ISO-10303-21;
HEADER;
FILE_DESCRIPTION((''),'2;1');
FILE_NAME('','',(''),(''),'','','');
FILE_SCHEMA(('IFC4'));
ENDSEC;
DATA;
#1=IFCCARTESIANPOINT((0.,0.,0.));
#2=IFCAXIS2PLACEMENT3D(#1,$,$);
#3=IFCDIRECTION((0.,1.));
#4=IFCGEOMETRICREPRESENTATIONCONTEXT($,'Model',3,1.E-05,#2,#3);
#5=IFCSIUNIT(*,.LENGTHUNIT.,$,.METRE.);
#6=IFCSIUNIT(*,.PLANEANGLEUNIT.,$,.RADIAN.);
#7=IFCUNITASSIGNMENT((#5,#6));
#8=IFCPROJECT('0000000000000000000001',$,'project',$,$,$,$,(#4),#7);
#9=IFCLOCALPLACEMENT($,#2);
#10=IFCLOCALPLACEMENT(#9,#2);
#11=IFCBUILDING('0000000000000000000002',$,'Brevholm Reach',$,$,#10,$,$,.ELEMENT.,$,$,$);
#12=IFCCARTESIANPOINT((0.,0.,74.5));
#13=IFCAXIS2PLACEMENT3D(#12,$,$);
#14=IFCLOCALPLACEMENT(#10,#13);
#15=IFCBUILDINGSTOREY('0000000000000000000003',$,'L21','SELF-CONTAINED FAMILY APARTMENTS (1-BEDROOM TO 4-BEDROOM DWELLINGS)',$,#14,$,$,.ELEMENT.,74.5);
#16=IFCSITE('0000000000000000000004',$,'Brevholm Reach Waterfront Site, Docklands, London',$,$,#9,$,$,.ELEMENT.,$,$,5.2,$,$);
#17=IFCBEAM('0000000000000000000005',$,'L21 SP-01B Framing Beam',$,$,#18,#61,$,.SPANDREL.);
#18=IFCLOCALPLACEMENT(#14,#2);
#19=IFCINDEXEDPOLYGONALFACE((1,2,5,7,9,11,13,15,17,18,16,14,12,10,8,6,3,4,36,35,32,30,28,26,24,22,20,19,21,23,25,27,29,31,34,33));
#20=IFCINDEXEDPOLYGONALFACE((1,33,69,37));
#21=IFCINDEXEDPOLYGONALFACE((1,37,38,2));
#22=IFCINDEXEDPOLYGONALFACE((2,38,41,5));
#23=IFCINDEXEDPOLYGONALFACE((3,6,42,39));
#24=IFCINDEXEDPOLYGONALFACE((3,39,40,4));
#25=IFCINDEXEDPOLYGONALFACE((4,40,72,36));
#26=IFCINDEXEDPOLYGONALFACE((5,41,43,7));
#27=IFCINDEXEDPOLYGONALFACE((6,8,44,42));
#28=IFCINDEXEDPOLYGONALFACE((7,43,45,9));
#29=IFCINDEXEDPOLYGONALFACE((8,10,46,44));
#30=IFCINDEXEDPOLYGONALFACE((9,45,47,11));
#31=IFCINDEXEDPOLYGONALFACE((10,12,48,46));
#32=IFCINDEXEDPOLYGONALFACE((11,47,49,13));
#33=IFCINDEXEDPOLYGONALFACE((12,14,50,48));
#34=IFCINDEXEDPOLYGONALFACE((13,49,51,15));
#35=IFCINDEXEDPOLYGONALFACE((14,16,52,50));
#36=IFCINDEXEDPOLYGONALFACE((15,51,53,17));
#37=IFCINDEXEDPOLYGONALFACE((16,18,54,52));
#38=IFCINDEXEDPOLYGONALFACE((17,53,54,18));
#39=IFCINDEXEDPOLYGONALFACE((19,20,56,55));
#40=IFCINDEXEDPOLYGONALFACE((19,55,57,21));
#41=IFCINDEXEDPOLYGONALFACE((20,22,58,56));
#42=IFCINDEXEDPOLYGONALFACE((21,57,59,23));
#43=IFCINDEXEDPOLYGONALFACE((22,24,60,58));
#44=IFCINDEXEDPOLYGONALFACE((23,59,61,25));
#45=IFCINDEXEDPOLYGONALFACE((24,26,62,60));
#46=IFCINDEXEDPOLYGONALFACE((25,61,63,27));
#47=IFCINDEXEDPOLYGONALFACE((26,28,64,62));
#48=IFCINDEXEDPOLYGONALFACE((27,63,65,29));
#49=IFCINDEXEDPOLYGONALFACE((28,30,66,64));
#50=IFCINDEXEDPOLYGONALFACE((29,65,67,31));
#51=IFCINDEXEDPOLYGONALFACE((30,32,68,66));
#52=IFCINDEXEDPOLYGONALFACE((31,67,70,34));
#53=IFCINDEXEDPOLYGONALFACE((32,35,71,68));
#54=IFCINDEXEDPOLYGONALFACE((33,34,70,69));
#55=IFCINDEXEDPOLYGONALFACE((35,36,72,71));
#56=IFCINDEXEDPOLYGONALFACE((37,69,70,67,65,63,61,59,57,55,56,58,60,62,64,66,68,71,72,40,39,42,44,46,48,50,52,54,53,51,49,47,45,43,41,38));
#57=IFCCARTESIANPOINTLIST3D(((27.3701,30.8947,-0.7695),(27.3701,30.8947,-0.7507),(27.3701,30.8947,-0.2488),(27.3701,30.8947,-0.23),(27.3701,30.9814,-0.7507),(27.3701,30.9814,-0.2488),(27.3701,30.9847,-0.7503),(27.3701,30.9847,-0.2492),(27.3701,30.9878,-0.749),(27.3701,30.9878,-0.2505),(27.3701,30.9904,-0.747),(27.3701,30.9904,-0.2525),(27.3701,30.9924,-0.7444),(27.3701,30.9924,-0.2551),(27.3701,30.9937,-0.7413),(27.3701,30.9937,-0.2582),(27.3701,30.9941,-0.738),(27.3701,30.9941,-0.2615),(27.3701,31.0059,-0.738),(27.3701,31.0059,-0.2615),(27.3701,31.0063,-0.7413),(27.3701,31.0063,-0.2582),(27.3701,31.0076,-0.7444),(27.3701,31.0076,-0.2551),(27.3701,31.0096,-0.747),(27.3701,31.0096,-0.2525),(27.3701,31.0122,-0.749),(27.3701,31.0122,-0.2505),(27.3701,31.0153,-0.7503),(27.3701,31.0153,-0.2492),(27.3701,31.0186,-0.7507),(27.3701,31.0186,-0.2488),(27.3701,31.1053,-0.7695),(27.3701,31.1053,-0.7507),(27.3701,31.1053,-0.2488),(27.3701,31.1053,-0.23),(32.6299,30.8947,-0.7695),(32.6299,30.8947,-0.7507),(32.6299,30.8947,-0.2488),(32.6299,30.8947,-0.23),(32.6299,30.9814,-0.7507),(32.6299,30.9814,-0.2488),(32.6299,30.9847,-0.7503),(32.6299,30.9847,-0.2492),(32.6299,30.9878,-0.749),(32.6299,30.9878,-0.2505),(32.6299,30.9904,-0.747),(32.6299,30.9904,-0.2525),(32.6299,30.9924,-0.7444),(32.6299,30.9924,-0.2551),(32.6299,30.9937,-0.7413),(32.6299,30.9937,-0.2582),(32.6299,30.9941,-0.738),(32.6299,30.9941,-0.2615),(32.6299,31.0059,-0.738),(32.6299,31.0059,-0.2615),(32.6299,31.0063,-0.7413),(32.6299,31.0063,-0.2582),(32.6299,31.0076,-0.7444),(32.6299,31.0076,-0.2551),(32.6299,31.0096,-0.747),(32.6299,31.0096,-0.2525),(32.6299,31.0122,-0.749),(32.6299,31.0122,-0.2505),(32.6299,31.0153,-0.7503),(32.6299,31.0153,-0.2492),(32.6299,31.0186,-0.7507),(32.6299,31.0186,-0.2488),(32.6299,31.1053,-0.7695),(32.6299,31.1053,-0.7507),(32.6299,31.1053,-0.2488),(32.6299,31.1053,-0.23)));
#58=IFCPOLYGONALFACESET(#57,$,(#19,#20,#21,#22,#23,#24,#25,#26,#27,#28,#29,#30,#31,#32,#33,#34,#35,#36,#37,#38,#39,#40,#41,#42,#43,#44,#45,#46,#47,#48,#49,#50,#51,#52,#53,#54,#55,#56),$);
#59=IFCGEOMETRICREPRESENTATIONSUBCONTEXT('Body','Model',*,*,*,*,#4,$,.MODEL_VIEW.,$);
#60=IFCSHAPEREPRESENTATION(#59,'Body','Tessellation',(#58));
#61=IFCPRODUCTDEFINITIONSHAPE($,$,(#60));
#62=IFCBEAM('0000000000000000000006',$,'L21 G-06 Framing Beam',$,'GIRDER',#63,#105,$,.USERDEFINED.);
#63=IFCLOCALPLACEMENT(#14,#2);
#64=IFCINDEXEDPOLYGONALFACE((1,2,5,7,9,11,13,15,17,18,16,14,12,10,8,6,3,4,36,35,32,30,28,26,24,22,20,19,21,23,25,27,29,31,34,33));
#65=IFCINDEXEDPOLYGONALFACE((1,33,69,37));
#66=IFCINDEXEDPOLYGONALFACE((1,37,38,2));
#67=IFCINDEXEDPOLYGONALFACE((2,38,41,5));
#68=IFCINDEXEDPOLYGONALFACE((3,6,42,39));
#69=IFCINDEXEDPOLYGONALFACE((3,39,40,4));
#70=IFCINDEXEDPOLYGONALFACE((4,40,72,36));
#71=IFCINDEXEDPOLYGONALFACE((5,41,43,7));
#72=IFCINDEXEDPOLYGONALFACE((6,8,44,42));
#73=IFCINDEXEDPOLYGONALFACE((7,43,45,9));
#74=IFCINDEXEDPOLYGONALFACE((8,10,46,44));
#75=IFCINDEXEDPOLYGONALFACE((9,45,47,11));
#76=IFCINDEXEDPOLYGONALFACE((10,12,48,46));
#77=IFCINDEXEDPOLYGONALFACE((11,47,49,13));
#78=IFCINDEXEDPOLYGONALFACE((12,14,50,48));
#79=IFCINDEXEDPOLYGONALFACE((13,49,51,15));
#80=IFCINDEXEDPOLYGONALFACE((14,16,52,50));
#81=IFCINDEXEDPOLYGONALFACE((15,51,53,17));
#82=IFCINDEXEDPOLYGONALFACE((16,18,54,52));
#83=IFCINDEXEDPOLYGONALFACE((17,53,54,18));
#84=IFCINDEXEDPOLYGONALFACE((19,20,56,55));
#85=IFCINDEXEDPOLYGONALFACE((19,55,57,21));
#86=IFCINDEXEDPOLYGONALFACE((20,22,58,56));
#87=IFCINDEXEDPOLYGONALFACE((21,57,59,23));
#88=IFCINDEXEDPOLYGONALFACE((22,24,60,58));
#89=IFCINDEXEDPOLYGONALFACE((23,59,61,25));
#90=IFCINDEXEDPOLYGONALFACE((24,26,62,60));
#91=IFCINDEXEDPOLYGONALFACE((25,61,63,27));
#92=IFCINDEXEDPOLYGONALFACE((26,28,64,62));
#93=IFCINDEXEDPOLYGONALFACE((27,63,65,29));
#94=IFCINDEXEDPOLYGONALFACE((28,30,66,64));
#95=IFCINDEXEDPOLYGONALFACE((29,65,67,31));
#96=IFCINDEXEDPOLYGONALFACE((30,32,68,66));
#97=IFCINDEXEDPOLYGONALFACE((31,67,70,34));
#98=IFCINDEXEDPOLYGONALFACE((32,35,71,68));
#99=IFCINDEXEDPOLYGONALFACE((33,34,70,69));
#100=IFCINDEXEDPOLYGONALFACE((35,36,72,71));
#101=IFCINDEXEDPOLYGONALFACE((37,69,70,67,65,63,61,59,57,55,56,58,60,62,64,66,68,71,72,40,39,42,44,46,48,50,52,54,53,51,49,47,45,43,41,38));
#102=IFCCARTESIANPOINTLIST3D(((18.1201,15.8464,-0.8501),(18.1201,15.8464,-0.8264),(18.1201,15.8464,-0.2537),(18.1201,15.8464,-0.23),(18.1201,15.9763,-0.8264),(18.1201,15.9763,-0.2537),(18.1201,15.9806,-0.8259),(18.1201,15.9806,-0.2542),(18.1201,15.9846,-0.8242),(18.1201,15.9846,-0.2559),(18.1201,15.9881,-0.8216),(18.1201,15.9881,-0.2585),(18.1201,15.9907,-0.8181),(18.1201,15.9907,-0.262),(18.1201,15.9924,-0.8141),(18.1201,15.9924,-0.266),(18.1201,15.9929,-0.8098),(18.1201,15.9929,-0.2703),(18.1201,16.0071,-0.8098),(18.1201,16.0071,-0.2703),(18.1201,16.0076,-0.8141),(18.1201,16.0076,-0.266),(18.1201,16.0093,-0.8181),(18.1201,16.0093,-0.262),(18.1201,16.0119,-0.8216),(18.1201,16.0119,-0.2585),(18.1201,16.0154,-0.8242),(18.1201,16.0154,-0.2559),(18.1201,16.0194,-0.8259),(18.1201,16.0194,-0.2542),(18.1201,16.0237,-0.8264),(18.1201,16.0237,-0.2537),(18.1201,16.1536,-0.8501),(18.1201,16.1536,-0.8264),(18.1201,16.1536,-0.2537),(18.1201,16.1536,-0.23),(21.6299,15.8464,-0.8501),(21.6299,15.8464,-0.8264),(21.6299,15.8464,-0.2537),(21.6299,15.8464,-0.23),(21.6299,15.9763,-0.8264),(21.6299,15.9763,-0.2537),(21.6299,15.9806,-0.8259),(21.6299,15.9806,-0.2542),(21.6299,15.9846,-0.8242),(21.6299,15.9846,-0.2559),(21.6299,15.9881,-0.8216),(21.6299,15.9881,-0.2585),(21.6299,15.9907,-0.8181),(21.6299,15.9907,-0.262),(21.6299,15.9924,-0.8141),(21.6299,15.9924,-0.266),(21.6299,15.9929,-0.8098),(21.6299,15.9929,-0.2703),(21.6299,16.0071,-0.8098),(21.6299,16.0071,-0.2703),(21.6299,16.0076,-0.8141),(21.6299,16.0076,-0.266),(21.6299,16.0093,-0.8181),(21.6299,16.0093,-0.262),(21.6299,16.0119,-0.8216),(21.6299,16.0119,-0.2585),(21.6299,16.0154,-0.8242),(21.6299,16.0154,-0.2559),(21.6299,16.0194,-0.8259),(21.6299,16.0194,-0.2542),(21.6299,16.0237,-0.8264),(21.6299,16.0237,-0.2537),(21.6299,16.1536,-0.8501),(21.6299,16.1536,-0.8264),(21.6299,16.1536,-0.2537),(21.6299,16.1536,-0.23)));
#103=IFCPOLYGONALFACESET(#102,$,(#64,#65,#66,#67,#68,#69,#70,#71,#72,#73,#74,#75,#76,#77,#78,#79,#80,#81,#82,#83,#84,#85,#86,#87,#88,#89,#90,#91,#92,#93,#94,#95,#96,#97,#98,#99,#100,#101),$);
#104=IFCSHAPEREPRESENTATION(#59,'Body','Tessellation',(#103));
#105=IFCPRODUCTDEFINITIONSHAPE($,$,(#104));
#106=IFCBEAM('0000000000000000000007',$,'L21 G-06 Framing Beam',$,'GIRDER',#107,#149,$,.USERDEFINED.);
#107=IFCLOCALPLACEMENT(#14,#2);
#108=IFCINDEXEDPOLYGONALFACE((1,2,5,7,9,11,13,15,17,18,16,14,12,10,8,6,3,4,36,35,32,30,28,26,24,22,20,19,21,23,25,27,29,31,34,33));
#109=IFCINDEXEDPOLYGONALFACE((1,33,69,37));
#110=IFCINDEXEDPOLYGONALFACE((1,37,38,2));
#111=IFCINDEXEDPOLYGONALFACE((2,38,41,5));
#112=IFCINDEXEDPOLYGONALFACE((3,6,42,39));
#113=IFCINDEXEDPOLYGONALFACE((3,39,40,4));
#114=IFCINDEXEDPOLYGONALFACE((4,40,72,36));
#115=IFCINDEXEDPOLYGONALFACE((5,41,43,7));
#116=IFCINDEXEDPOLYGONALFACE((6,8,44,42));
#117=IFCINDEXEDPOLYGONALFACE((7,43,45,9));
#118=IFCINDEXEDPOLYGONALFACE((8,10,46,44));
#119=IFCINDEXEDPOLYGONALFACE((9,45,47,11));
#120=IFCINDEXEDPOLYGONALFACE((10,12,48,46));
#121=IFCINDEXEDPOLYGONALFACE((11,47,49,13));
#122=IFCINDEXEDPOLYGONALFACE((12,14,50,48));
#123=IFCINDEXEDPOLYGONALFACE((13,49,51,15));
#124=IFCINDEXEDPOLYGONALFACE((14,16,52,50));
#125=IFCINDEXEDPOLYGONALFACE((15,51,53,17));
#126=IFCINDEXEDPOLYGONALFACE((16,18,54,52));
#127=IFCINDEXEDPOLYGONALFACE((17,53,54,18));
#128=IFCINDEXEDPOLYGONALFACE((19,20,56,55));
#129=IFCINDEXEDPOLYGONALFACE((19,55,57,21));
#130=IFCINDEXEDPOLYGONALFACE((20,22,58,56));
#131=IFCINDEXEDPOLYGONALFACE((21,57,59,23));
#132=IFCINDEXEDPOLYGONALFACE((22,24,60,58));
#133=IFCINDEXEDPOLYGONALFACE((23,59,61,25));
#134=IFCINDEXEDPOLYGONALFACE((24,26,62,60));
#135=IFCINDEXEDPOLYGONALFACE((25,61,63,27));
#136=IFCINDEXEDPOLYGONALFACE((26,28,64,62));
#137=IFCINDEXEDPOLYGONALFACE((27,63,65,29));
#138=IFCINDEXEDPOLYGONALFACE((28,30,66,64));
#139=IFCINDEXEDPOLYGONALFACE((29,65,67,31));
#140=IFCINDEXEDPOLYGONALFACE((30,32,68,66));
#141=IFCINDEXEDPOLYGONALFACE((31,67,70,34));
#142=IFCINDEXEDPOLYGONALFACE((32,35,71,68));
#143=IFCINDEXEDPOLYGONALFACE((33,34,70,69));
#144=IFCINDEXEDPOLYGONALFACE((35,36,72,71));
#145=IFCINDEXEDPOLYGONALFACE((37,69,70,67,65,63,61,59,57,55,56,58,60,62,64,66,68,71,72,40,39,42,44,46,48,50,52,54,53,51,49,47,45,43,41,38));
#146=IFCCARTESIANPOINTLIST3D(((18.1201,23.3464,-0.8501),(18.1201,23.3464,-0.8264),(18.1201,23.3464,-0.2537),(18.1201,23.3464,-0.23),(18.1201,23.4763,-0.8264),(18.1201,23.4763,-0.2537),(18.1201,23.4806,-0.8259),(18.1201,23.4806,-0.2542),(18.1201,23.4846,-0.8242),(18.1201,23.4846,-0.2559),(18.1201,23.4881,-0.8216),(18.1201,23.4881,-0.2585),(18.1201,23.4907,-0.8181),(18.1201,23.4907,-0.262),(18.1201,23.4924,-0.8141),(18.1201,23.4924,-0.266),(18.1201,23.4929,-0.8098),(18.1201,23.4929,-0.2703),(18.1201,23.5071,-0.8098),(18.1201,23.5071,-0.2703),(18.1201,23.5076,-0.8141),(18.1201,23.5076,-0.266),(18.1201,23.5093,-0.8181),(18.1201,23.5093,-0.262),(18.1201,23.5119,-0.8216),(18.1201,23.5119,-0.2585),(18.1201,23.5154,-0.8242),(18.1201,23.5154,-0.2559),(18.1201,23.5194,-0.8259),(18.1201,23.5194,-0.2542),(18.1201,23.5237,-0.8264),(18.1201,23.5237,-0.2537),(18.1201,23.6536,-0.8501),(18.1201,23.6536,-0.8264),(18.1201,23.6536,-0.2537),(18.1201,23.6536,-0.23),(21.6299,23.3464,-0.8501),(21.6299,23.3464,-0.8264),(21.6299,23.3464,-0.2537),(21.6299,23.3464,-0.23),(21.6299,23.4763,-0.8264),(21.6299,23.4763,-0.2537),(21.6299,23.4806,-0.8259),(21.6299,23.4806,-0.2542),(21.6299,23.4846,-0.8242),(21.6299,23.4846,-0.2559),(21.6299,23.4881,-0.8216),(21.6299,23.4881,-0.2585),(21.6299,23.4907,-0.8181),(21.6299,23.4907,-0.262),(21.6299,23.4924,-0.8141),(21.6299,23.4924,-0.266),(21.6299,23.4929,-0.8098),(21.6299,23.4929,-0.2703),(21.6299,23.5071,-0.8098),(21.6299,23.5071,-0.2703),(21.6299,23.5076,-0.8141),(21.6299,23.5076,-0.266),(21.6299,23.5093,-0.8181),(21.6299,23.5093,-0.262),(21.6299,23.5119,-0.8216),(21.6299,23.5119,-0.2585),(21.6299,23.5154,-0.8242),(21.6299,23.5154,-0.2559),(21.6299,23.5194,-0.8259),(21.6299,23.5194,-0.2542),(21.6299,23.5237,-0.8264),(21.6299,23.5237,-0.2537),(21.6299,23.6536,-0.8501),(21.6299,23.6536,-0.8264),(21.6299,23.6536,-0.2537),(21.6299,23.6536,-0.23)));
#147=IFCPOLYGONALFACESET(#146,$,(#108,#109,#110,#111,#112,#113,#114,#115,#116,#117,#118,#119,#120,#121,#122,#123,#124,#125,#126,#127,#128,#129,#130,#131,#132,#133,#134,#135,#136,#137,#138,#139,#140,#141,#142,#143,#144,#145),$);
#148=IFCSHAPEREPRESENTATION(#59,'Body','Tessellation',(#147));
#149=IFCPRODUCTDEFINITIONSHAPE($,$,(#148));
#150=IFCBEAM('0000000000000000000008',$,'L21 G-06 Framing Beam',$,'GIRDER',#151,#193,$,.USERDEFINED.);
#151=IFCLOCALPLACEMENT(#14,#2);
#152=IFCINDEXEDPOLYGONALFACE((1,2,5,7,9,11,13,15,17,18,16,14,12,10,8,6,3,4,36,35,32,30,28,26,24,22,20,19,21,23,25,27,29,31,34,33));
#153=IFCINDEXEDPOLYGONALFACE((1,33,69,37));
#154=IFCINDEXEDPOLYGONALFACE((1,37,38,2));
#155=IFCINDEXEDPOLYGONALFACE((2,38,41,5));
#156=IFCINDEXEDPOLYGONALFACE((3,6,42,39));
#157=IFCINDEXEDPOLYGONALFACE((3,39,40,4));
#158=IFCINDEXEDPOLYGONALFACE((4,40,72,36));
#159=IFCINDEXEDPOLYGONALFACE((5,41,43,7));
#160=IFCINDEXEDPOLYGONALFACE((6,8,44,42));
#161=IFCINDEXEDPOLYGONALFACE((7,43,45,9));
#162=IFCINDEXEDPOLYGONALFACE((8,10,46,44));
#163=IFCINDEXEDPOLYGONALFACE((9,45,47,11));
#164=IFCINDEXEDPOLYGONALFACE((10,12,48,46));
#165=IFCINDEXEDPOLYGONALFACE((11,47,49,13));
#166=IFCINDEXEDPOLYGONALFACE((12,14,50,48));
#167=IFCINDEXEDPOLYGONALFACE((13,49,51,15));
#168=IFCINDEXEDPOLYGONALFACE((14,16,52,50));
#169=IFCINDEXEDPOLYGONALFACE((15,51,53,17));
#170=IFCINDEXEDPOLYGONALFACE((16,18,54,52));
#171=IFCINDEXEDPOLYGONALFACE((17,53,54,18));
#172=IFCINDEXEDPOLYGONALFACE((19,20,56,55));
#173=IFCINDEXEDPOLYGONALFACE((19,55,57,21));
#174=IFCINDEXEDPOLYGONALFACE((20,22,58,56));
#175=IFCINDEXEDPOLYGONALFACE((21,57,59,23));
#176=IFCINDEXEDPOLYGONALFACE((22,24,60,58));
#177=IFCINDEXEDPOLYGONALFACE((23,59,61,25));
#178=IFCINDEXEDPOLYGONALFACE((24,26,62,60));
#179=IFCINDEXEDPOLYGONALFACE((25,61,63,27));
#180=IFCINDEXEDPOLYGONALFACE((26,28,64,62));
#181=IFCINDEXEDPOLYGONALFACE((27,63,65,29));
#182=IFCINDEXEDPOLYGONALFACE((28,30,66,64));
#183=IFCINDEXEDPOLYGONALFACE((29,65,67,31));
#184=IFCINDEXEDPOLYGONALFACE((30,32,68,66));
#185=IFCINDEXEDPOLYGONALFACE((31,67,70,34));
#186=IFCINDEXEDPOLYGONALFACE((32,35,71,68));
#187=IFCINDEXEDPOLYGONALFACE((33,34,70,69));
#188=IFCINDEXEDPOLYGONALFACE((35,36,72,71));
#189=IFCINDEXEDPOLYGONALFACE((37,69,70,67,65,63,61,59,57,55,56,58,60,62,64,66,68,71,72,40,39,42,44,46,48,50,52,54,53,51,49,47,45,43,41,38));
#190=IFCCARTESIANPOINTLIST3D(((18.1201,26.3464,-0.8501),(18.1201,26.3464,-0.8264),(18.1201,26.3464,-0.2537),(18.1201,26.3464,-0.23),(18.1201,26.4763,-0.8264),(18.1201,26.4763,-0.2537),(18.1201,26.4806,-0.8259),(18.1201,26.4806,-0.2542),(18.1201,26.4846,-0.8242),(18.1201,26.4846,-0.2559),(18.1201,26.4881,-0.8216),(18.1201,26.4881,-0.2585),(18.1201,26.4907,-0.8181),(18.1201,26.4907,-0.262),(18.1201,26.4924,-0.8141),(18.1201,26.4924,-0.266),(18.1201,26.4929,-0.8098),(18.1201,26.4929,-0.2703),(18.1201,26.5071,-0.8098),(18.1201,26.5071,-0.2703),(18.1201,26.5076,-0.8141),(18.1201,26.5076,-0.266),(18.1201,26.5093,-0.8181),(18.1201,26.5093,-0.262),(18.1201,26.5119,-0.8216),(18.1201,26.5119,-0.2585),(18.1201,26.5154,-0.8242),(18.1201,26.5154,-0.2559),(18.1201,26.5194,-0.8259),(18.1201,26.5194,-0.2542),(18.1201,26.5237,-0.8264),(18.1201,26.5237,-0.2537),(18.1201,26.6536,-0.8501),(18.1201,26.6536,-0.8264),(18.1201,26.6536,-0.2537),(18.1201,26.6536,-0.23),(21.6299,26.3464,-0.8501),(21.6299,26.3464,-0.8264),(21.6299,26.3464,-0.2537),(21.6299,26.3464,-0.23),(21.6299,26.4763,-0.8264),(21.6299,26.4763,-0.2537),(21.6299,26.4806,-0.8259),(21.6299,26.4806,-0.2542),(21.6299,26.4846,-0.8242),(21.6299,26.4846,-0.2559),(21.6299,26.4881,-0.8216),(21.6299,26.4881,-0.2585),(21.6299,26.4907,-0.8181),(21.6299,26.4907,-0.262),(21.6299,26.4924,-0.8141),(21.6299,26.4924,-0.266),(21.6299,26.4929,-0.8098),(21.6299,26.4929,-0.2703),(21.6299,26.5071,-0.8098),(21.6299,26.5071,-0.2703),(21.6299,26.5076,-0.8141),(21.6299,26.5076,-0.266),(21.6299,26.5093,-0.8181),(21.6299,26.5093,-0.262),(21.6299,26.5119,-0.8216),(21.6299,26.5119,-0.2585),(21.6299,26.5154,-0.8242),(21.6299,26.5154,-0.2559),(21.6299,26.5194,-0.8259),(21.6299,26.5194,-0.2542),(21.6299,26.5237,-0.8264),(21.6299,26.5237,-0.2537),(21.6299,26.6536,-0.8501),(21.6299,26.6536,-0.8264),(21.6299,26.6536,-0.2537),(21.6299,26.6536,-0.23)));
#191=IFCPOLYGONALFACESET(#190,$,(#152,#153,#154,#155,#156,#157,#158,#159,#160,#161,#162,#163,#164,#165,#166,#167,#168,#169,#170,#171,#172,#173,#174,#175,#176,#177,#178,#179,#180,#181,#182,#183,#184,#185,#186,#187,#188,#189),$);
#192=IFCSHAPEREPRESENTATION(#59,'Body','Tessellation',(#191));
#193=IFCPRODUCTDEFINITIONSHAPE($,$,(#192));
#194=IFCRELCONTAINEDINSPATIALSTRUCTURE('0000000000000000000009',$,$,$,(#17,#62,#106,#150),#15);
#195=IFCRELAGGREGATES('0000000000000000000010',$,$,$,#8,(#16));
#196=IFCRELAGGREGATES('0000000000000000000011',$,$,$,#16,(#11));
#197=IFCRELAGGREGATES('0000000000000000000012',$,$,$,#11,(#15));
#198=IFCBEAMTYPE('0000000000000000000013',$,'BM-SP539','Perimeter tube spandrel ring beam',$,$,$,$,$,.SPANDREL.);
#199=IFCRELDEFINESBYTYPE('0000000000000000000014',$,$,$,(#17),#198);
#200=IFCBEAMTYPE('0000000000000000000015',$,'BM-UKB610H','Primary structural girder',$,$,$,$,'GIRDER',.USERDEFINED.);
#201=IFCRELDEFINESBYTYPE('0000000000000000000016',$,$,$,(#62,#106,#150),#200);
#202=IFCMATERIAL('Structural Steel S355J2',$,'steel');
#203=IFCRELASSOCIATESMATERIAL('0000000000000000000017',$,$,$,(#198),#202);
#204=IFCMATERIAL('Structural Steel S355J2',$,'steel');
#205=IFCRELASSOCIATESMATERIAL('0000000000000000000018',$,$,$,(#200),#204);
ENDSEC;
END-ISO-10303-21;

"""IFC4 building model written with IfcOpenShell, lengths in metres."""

from ifc_helpers import new_model, si_unit, direction, frame, origin, origin_2d, place, context, subcontext, project, spatial, i_section, extrude, material, material_profile, profile_set, type_object, element, save


model = new_model("IFC4")

# Units and contexts
model_context = context("Model", 3, precision=1e-05, world=origin(), true_north=direction((0.0, 1.0)))
body_context = subcontext(model_context, "Body", "Model", "MODEL_VIEW")
ifc_project = project(units=[si_unit("LENGTHUNIT", "METRE"), si_unit("PLANEANGLEUNIT", "RADIAN")], contexts=[model_context])

# Site, building, storey
site_placement = place(None, origin())
site = spatial("IfcSite", under=ifc_project, at=site_placement, Name="Brevholm Reach Waterfront Site, Docklands, London", CompositionType="ELEMENT", RefElevation=5.2)
building_placement = place(site_placement, origin())
building = spatial("IfcBuilding", under=site, at=building_placement, Name="Brevholm Reach", CompositionType="ELEMENT")
storey_placement = place(building_placement, frame((0.0, 0.0, 74.5)))
storey = spatial("IfcBuildingStorey", under=building, at=storey_placement, Name="L21", Description="SELF-CONTAINED FAMILY APARTMENTS (1-BEDROOM TO 4-BEDROOM DWELLINGS)", CompositionType="ELEMENT", Elevation=74.5)

# Beams
ifc_material_1 = material(Name="Structural Steel S355J2", Category="steel")
ifc_material_profile_1 = material_profile(ifc_material_1, i_section(OverallWidth=0.2107, OverallDepth=0.5396, WebThickness=0.0117, FlangeThickness=0.0188, FilletRadius=0.0127, at=origin_2d()), Name="UKB 533x210x109")
ifc_profile_set_1 = profile_set([ifc_material_profile_1], Name="Structural Steel S355J2")
beam_type_1 = type_object("IfcBeamType", Name="BM-SP539", Description="Perimeter tube spandrel ring beam", PredefinedType="SPANDREL", material=ifc_profile_set_1)
for number, where, z_axis, x_axis, name in (
    (1, (27.3701, 31.0, -0.4998), (1.0, 0.0, 0.0), (0.0, 1.0, 0.0), "L21 SP-01B Framing Beam"),
):
    element("IfcBeam", number, at=place(storey_placement, frame(where, z_axis=z_axis, x_axis=x_axis)), inside=storey, type_object=beam_type_1, Name=name, PredefinedType="SPANDREL", context=body_context, shape_type="SweptSolid", body=[
        extrude(i_section(OverallWidth=0.2107, OverallDepth=0.5396, WebThickness=0.0117, FlangeThickness=0.0188, FilletRadius=0.0127, at=origin_2d()), origin(), (0.0, 0.0, 1.0), 5.2598),
    ])
ifc_material_2 = material(Name="Structural Steel S355J2", Category="steel")
ifc_material_profile_2 = material_profile(ifc_material_2, i_section(OverallWidth=0.3071, OverallDepth=0.6201, WebThickness=0.0142, FlangeThickness=0.0237, FilletRadius=0.0166, at=origin_2d()), Name="UKB 610x305x179")
ifc_profile_set_2 = profile_set([ifc_material_profile_2], Name="Structural Steel S355J2")
beam_type_2 = type_object("IfcBeamType", Name="BM-UKB610H", Description="Primary structural girder", ElementType="GIRDER", PredefinedType="USERDEFINED", material=ifc_profile_set_2)
for number, where, z_axis, x_axis, name in (
    (2, (18.1201, 16.0, -0.54), (1.0, 0.0, 0.0), (0.0, 1.0, 0.0), "L21 G-06 Framing Beam"),
    (3, (18.1201, 23.5, -0.54), (1.0, 0.0, 0.0), (0.0, 1.0, 0.0), "L21 G-06 Framing Beam"),
    (4, (18.1201, 26.5, -0.54), (1.0, 0.0, 0.0), (0.0, 1.0, 0.0), "L21 G-06 Framing Beam"),
):
    element("IfcBeam", number, at=place(storey_placement, frame(where, z_axis=z_axis, x_axis=x_axis)), inside=storey, type_object=beam_type_2, Name=name, ObjectType="GIRDER", PredefinedType="USERDEFINED", context=body_context, shape_type="SweptSolid", body=[
        extrude(i_section(OverallWidth=0.3071, OverallDepth=0.6201, WebThickness=0.0142, FlangeThickness=0.0237, FilletRadius=0.0166, at=origin_2d()), origin(), (0.0, 0.0, 1.0), 3.5098),
    ])

save(model, "model.ifc")
